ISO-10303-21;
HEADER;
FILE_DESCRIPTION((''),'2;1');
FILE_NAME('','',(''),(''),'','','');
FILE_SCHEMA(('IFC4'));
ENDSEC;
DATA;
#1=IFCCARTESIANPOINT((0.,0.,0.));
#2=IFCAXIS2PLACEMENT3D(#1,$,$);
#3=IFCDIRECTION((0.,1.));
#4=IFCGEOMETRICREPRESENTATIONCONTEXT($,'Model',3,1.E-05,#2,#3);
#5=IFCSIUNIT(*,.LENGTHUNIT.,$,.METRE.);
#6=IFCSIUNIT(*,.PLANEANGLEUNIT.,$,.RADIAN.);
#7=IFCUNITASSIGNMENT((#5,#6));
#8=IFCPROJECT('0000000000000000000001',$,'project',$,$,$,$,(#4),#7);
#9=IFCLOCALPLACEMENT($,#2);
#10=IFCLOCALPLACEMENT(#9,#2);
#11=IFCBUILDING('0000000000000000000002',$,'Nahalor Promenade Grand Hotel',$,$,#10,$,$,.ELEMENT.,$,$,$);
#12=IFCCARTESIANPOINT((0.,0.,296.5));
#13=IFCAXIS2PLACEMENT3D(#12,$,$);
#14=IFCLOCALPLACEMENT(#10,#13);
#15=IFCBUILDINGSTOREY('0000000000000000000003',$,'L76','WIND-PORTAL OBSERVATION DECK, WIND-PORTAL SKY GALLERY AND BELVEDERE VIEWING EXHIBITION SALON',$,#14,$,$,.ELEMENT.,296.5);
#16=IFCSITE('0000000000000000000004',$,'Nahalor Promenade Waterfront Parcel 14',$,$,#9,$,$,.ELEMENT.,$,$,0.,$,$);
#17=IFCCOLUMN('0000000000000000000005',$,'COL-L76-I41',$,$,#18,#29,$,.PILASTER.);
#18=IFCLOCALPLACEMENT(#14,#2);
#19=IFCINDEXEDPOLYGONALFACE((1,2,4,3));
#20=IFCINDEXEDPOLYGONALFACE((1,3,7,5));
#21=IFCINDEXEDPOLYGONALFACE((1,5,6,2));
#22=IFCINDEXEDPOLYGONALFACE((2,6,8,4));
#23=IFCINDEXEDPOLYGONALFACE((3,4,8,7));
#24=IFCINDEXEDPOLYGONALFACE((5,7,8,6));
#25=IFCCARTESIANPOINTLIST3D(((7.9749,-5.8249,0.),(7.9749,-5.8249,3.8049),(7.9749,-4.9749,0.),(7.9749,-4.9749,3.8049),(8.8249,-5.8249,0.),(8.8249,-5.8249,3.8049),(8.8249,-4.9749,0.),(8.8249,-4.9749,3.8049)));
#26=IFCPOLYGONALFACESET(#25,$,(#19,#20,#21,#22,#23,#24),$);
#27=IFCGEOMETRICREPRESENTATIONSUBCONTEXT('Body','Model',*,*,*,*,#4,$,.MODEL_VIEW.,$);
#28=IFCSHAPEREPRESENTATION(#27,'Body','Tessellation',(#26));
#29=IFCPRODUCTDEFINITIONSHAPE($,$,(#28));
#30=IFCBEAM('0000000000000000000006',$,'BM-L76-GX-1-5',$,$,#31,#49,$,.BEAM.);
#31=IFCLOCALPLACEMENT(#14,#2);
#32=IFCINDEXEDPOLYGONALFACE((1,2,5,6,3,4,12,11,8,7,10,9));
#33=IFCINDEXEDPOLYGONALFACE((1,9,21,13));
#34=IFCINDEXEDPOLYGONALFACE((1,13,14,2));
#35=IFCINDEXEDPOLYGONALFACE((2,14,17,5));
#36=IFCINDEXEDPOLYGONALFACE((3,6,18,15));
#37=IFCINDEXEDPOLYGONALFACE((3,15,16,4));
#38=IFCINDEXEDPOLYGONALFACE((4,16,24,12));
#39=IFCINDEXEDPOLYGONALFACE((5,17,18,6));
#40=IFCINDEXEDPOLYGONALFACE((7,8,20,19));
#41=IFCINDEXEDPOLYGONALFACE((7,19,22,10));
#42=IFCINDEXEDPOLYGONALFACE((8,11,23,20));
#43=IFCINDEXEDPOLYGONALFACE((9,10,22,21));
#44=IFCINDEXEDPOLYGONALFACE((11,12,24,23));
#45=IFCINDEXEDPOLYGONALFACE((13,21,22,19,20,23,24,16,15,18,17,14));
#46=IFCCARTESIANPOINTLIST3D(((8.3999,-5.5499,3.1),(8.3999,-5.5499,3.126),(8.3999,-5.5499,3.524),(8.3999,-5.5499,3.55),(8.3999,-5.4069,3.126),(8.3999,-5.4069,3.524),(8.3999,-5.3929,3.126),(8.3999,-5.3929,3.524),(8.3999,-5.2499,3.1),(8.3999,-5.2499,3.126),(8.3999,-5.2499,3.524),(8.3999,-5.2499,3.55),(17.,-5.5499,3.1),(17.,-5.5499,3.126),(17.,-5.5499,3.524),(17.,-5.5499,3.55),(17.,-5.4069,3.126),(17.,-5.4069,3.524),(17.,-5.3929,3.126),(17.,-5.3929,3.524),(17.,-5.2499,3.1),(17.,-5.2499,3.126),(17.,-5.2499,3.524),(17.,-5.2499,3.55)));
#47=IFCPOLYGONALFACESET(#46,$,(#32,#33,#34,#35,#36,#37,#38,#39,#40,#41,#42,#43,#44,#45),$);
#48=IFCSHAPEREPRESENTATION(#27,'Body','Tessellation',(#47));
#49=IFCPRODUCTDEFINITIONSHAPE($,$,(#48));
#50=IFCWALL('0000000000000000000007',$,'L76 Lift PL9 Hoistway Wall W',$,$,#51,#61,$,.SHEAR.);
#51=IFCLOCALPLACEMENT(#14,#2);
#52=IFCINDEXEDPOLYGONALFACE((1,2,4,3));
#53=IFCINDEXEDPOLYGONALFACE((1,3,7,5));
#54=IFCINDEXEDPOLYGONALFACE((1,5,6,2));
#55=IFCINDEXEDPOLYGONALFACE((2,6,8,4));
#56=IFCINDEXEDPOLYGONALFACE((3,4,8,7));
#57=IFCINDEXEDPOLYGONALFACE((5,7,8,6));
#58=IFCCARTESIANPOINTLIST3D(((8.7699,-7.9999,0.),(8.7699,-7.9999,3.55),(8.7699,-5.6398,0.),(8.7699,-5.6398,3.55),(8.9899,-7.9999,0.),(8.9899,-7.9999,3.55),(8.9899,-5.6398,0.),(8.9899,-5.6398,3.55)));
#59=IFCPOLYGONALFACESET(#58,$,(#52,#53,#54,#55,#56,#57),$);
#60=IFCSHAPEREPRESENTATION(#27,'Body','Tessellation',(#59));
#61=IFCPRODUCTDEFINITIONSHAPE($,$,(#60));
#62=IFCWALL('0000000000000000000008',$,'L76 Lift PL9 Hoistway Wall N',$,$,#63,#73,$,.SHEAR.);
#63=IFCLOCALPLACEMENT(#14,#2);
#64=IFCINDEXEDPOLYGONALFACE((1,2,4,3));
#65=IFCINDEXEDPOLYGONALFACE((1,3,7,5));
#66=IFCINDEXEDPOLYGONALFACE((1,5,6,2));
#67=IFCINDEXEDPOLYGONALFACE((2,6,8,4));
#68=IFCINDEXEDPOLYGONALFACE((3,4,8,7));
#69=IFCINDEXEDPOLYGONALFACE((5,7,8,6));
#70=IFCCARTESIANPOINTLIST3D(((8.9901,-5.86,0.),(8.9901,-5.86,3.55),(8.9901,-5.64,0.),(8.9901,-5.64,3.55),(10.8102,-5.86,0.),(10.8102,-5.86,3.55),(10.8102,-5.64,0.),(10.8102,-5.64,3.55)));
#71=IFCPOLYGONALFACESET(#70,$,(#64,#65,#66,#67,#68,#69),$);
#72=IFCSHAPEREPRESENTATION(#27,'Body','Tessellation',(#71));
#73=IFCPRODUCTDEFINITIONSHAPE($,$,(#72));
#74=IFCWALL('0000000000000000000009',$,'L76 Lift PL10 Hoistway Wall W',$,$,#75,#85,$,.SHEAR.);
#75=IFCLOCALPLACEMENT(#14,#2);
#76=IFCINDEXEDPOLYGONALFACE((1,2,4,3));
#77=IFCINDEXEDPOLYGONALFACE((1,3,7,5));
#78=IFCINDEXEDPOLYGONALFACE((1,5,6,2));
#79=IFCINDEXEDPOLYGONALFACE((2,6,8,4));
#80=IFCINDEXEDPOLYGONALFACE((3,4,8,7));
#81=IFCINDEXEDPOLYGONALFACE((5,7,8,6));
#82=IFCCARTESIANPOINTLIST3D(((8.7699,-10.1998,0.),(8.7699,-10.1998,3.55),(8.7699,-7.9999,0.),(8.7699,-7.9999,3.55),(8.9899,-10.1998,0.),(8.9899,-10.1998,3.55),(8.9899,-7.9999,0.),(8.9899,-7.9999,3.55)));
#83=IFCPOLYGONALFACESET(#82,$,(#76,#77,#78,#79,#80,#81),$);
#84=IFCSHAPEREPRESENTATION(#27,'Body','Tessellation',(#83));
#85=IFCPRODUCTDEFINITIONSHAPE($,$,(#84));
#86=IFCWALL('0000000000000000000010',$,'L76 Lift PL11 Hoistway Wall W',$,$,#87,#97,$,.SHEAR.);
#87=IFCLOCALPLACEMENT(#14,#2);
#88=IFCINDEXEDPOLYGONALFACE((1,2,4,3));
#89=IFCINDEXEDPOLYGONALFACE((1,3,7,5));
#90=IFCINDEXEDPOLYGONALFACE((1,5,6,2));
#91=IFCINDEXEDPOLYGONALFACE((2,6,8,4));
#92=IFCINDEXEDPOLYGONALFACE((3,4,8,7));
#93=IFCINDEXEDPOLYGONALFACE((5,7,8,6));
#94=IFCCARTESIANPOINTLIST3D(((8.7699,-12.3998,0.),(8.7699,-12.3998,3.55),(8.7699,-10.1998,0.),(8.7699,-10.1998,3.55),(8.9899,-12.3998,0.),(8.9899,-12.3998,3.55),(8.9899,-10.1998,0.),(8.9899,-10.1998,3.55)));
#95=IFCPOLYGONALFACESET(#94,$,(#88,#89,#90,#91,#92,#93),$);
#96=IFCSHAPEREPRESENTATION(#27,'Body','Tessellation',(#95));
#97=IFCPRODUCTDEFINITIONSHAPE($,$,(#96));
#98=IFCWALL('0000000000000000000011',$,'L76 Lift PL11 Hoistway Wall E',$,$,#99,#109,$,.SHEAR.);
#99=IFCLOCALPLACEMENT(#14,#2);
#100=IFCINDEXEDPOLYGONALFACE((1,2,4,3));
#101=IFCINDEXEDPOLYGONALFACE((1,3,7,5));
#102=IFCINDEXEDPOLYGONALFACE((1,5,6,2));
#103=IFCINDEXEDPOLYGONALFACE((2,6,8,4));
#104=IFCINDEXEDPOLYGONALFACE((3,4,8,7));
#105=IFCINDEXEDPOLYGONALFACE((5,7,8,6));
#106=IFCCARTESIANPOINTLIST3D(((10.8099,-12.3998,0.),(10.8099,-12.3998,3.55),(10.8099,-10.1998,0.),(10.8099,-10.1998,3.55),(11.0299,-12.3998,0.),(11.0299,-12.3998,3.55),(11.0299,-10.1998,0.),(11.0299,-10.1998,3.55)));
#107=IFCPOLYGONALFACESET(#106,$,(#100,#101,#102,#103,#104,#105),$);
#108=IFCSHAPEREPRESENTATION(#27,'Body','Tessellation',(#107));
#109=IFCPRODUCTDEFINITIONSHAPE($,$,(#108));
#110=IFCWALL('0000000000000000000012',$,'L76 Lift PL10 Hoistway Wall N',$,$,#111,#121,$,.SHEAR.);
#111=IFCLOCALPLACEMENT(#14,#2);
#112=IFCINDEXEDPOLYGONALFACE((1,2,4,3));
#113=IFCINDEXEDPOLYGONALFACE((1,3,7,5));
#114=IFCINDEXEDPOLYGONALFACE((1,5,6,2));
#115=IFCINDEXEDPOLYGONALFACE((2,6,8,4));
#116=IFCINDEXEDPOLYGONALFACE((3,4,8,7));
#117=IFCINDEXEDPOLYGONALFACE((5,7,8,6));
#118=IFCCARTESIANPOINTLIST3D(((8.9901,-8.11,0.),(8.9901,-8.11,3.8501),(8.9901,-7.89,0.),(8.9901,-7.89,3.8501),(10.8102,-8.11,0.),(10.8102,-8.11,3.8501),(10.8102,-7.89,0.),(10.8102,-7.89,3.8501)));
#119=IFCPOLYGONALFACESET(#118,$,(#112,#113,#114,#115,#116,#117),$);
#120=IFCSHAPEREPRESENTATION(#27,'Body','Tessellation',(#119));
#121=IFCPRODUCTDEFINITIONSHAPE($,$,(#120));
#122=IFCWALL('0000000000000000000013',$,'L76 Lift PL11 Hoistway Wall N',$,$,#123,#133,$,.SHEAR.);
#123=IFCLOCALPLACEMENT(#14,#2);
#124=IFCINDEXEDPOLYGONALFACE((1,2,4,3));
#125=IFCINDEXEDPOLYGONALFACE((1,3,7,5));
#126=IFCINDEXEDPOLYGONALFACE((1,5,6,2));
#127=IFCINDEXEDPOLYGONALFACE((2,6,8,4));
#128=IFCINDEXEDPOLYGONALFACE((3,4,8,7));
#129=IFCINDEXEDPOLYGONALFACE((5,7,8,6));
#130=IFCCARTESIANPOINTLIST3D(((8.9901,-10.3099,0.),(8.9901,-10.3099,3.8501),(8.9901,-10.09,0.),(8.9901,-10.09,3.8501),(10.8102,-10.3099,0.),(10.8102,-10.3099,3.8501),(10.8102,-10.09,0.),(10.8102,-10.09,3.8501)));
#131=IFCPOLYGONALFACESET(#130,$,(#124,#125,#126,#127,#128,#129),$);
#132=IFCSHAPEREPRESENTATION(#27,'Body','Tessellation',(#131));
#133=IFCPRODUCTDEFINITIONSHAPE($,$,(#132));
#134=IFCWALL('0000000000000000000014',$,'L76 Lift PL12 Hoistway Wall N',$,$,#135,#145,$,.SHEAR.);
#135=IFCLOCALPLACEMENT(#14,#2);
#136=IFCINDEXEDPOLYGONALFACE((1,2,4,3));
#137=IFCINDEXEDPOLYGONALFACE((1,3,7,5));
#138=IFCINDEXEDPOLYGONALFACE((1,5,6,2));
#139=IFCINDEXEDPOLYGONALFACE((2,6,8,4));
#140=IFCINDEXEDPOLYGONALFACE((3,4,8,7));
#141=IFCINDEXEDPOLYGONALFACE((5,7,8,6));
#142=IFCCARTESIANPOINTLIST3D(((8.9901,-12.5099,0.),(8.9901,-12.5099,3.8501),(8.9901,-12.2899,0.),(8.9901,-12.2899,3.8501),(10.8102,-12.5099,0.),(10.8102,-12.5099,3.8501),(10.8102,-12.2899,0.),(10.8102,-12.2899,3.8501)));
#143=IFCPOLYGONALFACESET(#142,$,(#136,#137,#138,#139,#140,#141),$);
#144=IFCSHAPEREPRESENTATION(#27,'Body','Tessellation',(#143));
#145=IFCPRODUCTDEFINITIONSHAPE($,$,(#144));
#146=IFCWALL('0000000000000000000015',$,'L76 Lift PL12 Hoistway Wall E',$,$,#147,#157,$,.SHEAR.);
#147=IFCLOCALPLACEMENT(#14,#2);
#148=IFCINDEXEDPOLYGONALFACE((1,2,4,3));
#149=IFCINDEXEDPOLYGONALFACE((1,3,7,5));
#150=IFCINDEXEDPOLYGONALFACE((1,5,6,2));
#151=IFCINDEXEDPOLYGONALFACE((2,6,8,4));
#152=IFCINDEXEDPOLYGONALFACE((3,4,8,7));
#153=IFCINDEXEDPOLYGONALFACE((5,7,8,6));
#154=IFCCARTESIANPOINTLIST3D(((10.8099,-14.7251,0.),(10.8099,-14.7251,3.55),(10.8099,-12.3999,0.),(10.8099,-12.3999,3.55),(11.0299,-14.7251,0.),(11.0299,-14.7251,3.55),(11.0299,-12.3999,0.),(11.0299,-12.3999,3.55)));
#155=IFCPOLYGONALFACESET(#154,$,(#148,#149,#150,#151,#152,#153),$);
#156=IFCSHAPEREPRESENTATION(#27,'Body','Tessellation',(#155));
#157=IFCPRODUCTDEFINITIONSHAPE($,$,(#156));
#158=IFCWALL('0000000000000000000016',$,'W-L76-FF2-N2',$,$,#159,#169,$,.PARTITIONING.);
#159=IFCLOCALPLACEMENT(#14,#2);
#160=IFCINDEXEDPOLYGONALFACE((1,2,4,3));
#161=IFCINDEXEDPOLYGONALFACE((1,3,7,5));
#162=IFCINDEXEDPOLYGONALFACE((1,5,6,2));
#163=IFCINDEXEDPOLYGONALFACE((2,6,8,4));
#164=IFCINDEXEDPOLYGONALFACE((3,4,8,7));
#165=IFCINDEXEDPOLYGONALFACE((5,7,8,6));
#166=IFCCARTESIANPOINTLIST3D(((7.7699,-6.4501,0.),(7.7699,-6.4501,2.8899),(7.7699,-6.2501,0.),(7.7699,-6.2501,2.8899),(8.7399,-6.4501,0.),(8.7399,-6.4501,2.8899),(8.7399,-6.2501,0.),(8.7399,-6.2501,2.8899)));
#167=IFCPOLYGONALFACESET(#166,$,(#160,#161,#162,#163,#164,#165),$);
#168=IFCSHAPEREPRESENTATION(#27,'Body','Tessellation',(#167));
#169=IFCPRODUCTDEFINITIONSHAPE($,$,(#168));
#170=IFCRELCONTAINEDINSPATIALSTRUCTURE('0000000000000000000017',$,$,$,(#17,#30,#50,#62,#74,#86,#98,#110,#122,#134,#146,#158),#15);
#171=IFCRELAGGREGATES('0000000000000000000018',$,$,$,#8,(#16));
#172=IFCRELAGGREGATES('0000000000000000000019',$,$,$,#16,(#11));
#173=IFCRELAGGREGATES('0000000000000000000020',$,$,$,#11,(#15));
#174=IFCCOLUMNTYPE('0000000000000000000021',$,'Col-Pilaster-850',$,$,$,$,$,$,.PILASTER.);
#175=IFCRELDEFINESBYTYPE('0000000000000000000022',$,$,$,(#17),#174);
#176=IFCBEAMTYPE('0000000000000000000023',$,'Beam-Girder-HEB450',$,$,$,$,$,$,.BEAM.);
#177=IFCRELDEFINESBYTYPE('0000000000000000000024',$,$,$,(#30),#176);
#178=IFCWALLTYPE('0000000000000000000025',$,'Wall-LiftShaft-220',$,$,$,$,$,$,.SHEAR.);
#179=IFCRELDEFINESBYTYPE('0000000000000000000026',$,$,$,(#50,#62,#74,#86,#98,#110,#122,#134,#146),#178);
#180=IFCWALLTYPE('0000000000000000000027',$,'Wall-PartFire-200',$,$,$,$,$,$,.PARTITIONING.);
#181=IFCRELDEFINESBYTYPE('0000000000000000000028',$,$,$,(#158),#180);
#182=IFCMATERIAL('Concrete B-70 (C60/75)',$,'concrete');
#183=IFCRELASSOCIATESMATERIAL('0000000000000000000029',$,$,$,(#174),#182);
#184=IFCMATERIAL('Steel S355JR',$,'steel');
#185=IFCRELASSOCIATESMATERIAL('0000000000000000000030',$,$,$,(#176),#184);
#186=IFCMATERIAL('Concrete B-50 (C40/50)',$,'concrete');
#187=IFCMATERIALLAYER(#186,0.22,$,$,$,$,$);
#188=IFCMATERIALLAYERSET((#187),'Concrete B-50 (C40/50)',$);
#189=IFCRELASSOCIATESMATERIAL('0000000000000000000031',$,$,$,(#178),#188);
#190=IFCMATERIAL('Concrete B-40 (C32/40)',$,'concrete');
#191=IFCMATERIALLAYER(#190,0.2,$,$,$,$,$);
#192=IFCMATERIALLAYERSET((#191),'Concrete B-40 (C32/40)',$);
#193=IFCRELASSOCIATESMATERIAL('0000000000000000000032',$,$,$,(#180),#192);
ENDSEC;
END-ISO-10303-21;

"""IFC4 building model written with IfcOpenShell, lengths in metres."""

from ifc_helpers import new_model, si_unit, direction, frame, frame_2d, origin, origin_2d, place, context, subcontext, project, spatial, rectangle, i_section, extrude, source, transform, mapped, material, layer, layer_set, material_profile, profile_set, type_object, element, save


model = new_model("IFC4")

# Units and contexts
model_context = context("Model", 3, precision=1e-05, world=origin(), true_north=direction((0.0, 1.0)))
body_context = subcontext(model_context, "Body", "Model", "MODEL_VIEW")
ifc_project = project(units=[si_unit("LENGTHUNIT", "METRE"), si_unit("PLANEANGLEUNIT", "RADIAN")], contexts=[model_context])

# Site, building, storey
site_placement = place(None, origin())
site = spatial("IfcSite", under=ifc_project, at=site_placement, Name="Nahalor Promenade Waterfront Parcel 14", CompositionType="ELEMENT", RefElevation=0.0)
building_placement = place(site_placement, origin())
building = spatial("IfcBuilding", under=site, at=building_placement, Name="Nahalor Promenade Grand Hotel", CompositionType="ELEMENT")
storey_placement = place(building_placement, frame((0.0, 0.0, 296.5)))
storey = spatial("IfcBuildingStorey", under=building, at=storey_placement, Name="L76", Description="WIND-PORTAL OBSERVATION DECK, WIND-PORTAL SKY GALLERY AND BELVEDERE VIEWING EXHIBITION SALON", CompositionType="ELEMENT", Elevation=296.5)

# Column
ifc_material_1 = material(Name="Concrete B-70 (C60/75)", Category="concrete")
ifc_material_profile_1 = material_profile(ifc_material_1, rectangle(XDim=0.85, YDim=0.85, at=origin_2d()), Name="RC 850x850")
ifc_profile_set_1 = profile_set([ifc_material_profile_1], Name="Concrete B-70 (C60/75)")
column_type = type_object("IfcColumnType", Name="Col-Pilaster-850", PredefinedType="PILASTER", material=ifc_profile_set_1)
shared_shape_1 = source(origin(), body_context, "Body", "SweptSolid", [
    extrude(rectangle(XDim=0.85, YDim=0.85, at=origin_2d()), origin(), (0.0, 0.0, 1.0), 3.8049),
])
column_placement = place(storey_placement, frame((8.3999, -5.3999, 0.0), z_axis=(0.0, 0.0, 1.0), x_axis=(1.0, 0.0, 0.0)))
element("IfcColumn", 1, at=column_placement, inside=storey, type_object=column_type, Name="COL-L76-I41", PredefinedType="PILASTER", context=body_context, shape_type="MappedRepresentation", body=[
    mapped(shared_shape_1, transform((0.0, 0.0, 0.0), scale=1.0)),
])

# Beam
ifc_material_2 = material(Name="Steel S355JR", Category="steel")
ifc_material_profile_2 = material_profile(ifc_material_2, i_section(OverallWidth=0.3, OverallDepth=0.45, WebThickness=0.014, FlangeThickness=0.026, at=origin_2d()), Name="HEB 450")
ifc_profile_set_2 = profile_set([ifc_material_profile_2], Name="Steel S355JR")
beam_type = type_object("IfcBeamType", Name="Beam-Girder-HEB450", PredefinedType="BEAM", material=ifc_profile_set_2)
shared_shape_2 = source(origin(), body_context, "Body", "SweptSolid", [
    extrude(i_section(OverallWidth=0.3, OverallDepth=0.45, WebThickness=0.014, FlangeThickness=0.026, at=origin_2d()), origin(), (0.0, 0.0, 1.0), 8.6001),
])
beam_placement = place(storey_placement, frame((8.3999, -5.3999, 3.325), z_axis=(1.0, 0.0, 0.0), x_axis=(0.0, 1.0, 0.0)))
element("IfcBeam", 2, at=beam_placement, inside=storey, type_object=beam_type, Name="BM-L76-GX-1-5", PredefinedType="BEAM", context=body_context, shape_type="MappedRepresentation", body=[
    mapped(shared_shape_2, transform((0.0, 0.0, 0.0), scale=1.0)),
])

# Walls
ifc_material_3 = material(Name="Concrete B-50 (C40/50)", Category="concrete")
ifc_layer_1 = layer(ifc_material_3, 0.22)
ifc_layer_set_1 = layer_set([ifc_layer_1], Name="Concrete B-50 (C40/50)")
wall_type_1 = type_object("IfcWallType", Name="Wall-LiftShaft-220", PredefinedType="SHEAR", material=ifc_layer_set_1)
shared_shape_3 = source(origin(), body_context, "Body", "SweptSolid", [
    extrude(rectangle(XDim=2.3601, YDim=0.22, at=frame_2d((1.1802, 0.0))), origin(), (0.0, 0.0, 1.0), 3.55),
])
wall_1_placement = place(storey_placement, frame((8.8799, -8.0, 0.0), z_axis=(0.0, 0.0, 1.0), x_axis=(0.0, 1.0, 0.0)))
element("IfcWall", 3, at=wall_1_placement, inside=storey, type_object=wall_type_1, Name="L76 Lift PL9 Hoistway Wall W", PredefinedType="SHEAR", context=body_context, shape_type="MappedRepresentation", body=[
    mapped(shared_shape_3, transform((0.0, 0.0, 0.0), scale=1.0)),
])
shared_shape_4 = source(origin(), body_context, "Body", "SweptSolid", [
    extrude(rectangle(XDim=1.8201, YDim=0.22, at=frame_2d((0.9102, 0.0))), origin(), (0.0, 0.0, 1.0), 3.55),
])
wall_2_placement = place(storey_placement, frame((8.99, -5.75, 0.0), z_axis=(0.0, 0.0, 1.0), x_axis=(1.0, 0.0, 0.0)))
element("IfcWall", 4, at=wall_2_placement, inside=storey, type_object=wall_type_1, Name="L76 Lift PL9 Hoistway Wall N", PredefinedType="SHEAR", context=body_context, shape_type="MappedRepresentation", body=[
    mapped(shared_shape_4, transform((0.0, 0.0, 0.0), scale=1.0)),
])
shared_shape_5 = source(origin(), body_context, "Body", "SweptSolid", [
    extrude(rectangle(XDim=2.2, YDim=0.22, at=frame_2d((1.1001, 0.0))), origin(), (0.0, 0.0, 1.0), 3.55),
])
for number, where, z_axis, x_axis, name in (
    (5, (8.8799, -10.2, 0.0), (0.0, 0.0, 1.0), (0.0, 1.0, 0.0), "L76 Lift PL10 Hoistway Wall W"),
    (6, (8.8799, -12.3999, 0.0), (0.0, 0.0, 1.0), (0.0, 1.0, 0.0), "L76 Lift PL11 Hoistway Wall W"),
    (7, (10.9199, -12.3999, 0.0), (0.0, 0.0, 1.0), (0.0, 1.0, 0.0), "L76 Lift PL11 Hoistway Wall E"),
):
    element("IfcWall", number, at=place(storey_placement, frame(where, z_axis=z_axis, x_axis=x_axis)), inside=storey, type_object=wall_type_1, Name=name, PredefinedType="SHEAR", context=body_context, shape_type="MappedRepresentation", body=[
        mapped(shared_shape_5, transform((0.0, 0.0, 0.0), scale=1.0)),
    ])
shared_shape_6 = source(origin(), body_context, "Body", "SweptSolid", [
    extrude(rectangle(XDim=1.8201, YDim=0.22, at=frame_2d((0.9102, 0.0))), origin(), (0.0, 0.0, 1.0), 3.8501),
])
for number, where, z_axis, x_axis, name in (
    (8, (8.99, -8.0, 0.0), (0.0, 0.0, 1.0), (1.0, 0.0, 0.0), "L76 Lift PL10 Hoistway Wall N"),
    (9, (8.99, -10.2, 0.0), (0.0, 0.0, 1.0), (1.0, 0.0, 0.0), "L76 Lift PL11 Hoistway Wall N"),
    (10, (8.99, -12.3999, 0.0), (0.0, 0.0, 1.0), (1.0, 0.0, 0.0), "L76 Lift PL12 Hoistway Wall N"),
):
    element("IfcWall", number, at=place(storey_placement, frame(where, z_axis=z_axis, x_axis=x_axis)), inside=storey, type_object=wall_type_1, Name=name, PredefinedType="SHEAR", context=body_context, shape_type="MappedRepresentation", body=[
        mapped(shared_shape_6, transform((0.0, 0.0, 0.0), scale=1.0)),
    ])
shared_shape_7 = source(origin(), body_context, "Body", "SweptSolid", [
    extrude(rectangle(XDim=2.3252, YDim=0.22, at=frame_2d((1.1626, 0.0))), origin(), (0.0, 0.0, 1.0), 3.55),
])
wall_3_placement = place(storey_placement, frame((10.9199, -14.7251, 0.0), z_axis=(0.0, 0.0, 1.0), x_axis=(0.0, 1.0, 0.0)))
element("IfcWall", 11, at=wall_3_placement, inside=storey, type_object=wall_type_1, Name="L76 Lift PL12 Hoistway Wall E", PredefinedType="SHEAR", context=body_context, shape_type="MappedRepresentation", body=[
    mapped(shared_shape_7, transform((0.0, 0.0, 0.0), scale=1.0)),
])
ifc_material_4 = material(Name="Concrete B-40 (C32/40)", Category="concrete")
ifc_layer_2 = layer(ifc_material_4, 0.2)
ifc_layer_set_2 = layer_set([ifc_layer_2], Name="Concrete B-40 (C32/40)")
wall_type_2 = type_object("IfcWallType", Name="Wall-PartFire-200", PredefinedType="PARTITIONING", material=ifc_layer_set_2)
shared_shape_8 = source(origin(), body_context, "Body", "SweptSolid", [
    extrude(rectangle(XDim=0.97, YDim=0.2, at=frame_2d((0.4849, 0.0))), origin(), (0.0, 0.0, 1.0), 2.8899),
])
wall_4_placement = place(storey_placement, frame((7.77, -6.3501, 0.0), z_axis=(0.0, 0.0, 1.0), x_axis=(1.0, 0.0, 0.0)))
element("IfcWall", 12, at=wall_4_placement, inside=storey, type_object=wall_type_2, Name="W-L76-FF2-N2", PredefinedType="PARTITIONING", context=body_context, shape_type="MappedRepresentation", body=[
    mapped(shared_shape_8, transform((0.0, 0.0, 0.0), scale=1.0)),
])

save(model, "model.ifc")
